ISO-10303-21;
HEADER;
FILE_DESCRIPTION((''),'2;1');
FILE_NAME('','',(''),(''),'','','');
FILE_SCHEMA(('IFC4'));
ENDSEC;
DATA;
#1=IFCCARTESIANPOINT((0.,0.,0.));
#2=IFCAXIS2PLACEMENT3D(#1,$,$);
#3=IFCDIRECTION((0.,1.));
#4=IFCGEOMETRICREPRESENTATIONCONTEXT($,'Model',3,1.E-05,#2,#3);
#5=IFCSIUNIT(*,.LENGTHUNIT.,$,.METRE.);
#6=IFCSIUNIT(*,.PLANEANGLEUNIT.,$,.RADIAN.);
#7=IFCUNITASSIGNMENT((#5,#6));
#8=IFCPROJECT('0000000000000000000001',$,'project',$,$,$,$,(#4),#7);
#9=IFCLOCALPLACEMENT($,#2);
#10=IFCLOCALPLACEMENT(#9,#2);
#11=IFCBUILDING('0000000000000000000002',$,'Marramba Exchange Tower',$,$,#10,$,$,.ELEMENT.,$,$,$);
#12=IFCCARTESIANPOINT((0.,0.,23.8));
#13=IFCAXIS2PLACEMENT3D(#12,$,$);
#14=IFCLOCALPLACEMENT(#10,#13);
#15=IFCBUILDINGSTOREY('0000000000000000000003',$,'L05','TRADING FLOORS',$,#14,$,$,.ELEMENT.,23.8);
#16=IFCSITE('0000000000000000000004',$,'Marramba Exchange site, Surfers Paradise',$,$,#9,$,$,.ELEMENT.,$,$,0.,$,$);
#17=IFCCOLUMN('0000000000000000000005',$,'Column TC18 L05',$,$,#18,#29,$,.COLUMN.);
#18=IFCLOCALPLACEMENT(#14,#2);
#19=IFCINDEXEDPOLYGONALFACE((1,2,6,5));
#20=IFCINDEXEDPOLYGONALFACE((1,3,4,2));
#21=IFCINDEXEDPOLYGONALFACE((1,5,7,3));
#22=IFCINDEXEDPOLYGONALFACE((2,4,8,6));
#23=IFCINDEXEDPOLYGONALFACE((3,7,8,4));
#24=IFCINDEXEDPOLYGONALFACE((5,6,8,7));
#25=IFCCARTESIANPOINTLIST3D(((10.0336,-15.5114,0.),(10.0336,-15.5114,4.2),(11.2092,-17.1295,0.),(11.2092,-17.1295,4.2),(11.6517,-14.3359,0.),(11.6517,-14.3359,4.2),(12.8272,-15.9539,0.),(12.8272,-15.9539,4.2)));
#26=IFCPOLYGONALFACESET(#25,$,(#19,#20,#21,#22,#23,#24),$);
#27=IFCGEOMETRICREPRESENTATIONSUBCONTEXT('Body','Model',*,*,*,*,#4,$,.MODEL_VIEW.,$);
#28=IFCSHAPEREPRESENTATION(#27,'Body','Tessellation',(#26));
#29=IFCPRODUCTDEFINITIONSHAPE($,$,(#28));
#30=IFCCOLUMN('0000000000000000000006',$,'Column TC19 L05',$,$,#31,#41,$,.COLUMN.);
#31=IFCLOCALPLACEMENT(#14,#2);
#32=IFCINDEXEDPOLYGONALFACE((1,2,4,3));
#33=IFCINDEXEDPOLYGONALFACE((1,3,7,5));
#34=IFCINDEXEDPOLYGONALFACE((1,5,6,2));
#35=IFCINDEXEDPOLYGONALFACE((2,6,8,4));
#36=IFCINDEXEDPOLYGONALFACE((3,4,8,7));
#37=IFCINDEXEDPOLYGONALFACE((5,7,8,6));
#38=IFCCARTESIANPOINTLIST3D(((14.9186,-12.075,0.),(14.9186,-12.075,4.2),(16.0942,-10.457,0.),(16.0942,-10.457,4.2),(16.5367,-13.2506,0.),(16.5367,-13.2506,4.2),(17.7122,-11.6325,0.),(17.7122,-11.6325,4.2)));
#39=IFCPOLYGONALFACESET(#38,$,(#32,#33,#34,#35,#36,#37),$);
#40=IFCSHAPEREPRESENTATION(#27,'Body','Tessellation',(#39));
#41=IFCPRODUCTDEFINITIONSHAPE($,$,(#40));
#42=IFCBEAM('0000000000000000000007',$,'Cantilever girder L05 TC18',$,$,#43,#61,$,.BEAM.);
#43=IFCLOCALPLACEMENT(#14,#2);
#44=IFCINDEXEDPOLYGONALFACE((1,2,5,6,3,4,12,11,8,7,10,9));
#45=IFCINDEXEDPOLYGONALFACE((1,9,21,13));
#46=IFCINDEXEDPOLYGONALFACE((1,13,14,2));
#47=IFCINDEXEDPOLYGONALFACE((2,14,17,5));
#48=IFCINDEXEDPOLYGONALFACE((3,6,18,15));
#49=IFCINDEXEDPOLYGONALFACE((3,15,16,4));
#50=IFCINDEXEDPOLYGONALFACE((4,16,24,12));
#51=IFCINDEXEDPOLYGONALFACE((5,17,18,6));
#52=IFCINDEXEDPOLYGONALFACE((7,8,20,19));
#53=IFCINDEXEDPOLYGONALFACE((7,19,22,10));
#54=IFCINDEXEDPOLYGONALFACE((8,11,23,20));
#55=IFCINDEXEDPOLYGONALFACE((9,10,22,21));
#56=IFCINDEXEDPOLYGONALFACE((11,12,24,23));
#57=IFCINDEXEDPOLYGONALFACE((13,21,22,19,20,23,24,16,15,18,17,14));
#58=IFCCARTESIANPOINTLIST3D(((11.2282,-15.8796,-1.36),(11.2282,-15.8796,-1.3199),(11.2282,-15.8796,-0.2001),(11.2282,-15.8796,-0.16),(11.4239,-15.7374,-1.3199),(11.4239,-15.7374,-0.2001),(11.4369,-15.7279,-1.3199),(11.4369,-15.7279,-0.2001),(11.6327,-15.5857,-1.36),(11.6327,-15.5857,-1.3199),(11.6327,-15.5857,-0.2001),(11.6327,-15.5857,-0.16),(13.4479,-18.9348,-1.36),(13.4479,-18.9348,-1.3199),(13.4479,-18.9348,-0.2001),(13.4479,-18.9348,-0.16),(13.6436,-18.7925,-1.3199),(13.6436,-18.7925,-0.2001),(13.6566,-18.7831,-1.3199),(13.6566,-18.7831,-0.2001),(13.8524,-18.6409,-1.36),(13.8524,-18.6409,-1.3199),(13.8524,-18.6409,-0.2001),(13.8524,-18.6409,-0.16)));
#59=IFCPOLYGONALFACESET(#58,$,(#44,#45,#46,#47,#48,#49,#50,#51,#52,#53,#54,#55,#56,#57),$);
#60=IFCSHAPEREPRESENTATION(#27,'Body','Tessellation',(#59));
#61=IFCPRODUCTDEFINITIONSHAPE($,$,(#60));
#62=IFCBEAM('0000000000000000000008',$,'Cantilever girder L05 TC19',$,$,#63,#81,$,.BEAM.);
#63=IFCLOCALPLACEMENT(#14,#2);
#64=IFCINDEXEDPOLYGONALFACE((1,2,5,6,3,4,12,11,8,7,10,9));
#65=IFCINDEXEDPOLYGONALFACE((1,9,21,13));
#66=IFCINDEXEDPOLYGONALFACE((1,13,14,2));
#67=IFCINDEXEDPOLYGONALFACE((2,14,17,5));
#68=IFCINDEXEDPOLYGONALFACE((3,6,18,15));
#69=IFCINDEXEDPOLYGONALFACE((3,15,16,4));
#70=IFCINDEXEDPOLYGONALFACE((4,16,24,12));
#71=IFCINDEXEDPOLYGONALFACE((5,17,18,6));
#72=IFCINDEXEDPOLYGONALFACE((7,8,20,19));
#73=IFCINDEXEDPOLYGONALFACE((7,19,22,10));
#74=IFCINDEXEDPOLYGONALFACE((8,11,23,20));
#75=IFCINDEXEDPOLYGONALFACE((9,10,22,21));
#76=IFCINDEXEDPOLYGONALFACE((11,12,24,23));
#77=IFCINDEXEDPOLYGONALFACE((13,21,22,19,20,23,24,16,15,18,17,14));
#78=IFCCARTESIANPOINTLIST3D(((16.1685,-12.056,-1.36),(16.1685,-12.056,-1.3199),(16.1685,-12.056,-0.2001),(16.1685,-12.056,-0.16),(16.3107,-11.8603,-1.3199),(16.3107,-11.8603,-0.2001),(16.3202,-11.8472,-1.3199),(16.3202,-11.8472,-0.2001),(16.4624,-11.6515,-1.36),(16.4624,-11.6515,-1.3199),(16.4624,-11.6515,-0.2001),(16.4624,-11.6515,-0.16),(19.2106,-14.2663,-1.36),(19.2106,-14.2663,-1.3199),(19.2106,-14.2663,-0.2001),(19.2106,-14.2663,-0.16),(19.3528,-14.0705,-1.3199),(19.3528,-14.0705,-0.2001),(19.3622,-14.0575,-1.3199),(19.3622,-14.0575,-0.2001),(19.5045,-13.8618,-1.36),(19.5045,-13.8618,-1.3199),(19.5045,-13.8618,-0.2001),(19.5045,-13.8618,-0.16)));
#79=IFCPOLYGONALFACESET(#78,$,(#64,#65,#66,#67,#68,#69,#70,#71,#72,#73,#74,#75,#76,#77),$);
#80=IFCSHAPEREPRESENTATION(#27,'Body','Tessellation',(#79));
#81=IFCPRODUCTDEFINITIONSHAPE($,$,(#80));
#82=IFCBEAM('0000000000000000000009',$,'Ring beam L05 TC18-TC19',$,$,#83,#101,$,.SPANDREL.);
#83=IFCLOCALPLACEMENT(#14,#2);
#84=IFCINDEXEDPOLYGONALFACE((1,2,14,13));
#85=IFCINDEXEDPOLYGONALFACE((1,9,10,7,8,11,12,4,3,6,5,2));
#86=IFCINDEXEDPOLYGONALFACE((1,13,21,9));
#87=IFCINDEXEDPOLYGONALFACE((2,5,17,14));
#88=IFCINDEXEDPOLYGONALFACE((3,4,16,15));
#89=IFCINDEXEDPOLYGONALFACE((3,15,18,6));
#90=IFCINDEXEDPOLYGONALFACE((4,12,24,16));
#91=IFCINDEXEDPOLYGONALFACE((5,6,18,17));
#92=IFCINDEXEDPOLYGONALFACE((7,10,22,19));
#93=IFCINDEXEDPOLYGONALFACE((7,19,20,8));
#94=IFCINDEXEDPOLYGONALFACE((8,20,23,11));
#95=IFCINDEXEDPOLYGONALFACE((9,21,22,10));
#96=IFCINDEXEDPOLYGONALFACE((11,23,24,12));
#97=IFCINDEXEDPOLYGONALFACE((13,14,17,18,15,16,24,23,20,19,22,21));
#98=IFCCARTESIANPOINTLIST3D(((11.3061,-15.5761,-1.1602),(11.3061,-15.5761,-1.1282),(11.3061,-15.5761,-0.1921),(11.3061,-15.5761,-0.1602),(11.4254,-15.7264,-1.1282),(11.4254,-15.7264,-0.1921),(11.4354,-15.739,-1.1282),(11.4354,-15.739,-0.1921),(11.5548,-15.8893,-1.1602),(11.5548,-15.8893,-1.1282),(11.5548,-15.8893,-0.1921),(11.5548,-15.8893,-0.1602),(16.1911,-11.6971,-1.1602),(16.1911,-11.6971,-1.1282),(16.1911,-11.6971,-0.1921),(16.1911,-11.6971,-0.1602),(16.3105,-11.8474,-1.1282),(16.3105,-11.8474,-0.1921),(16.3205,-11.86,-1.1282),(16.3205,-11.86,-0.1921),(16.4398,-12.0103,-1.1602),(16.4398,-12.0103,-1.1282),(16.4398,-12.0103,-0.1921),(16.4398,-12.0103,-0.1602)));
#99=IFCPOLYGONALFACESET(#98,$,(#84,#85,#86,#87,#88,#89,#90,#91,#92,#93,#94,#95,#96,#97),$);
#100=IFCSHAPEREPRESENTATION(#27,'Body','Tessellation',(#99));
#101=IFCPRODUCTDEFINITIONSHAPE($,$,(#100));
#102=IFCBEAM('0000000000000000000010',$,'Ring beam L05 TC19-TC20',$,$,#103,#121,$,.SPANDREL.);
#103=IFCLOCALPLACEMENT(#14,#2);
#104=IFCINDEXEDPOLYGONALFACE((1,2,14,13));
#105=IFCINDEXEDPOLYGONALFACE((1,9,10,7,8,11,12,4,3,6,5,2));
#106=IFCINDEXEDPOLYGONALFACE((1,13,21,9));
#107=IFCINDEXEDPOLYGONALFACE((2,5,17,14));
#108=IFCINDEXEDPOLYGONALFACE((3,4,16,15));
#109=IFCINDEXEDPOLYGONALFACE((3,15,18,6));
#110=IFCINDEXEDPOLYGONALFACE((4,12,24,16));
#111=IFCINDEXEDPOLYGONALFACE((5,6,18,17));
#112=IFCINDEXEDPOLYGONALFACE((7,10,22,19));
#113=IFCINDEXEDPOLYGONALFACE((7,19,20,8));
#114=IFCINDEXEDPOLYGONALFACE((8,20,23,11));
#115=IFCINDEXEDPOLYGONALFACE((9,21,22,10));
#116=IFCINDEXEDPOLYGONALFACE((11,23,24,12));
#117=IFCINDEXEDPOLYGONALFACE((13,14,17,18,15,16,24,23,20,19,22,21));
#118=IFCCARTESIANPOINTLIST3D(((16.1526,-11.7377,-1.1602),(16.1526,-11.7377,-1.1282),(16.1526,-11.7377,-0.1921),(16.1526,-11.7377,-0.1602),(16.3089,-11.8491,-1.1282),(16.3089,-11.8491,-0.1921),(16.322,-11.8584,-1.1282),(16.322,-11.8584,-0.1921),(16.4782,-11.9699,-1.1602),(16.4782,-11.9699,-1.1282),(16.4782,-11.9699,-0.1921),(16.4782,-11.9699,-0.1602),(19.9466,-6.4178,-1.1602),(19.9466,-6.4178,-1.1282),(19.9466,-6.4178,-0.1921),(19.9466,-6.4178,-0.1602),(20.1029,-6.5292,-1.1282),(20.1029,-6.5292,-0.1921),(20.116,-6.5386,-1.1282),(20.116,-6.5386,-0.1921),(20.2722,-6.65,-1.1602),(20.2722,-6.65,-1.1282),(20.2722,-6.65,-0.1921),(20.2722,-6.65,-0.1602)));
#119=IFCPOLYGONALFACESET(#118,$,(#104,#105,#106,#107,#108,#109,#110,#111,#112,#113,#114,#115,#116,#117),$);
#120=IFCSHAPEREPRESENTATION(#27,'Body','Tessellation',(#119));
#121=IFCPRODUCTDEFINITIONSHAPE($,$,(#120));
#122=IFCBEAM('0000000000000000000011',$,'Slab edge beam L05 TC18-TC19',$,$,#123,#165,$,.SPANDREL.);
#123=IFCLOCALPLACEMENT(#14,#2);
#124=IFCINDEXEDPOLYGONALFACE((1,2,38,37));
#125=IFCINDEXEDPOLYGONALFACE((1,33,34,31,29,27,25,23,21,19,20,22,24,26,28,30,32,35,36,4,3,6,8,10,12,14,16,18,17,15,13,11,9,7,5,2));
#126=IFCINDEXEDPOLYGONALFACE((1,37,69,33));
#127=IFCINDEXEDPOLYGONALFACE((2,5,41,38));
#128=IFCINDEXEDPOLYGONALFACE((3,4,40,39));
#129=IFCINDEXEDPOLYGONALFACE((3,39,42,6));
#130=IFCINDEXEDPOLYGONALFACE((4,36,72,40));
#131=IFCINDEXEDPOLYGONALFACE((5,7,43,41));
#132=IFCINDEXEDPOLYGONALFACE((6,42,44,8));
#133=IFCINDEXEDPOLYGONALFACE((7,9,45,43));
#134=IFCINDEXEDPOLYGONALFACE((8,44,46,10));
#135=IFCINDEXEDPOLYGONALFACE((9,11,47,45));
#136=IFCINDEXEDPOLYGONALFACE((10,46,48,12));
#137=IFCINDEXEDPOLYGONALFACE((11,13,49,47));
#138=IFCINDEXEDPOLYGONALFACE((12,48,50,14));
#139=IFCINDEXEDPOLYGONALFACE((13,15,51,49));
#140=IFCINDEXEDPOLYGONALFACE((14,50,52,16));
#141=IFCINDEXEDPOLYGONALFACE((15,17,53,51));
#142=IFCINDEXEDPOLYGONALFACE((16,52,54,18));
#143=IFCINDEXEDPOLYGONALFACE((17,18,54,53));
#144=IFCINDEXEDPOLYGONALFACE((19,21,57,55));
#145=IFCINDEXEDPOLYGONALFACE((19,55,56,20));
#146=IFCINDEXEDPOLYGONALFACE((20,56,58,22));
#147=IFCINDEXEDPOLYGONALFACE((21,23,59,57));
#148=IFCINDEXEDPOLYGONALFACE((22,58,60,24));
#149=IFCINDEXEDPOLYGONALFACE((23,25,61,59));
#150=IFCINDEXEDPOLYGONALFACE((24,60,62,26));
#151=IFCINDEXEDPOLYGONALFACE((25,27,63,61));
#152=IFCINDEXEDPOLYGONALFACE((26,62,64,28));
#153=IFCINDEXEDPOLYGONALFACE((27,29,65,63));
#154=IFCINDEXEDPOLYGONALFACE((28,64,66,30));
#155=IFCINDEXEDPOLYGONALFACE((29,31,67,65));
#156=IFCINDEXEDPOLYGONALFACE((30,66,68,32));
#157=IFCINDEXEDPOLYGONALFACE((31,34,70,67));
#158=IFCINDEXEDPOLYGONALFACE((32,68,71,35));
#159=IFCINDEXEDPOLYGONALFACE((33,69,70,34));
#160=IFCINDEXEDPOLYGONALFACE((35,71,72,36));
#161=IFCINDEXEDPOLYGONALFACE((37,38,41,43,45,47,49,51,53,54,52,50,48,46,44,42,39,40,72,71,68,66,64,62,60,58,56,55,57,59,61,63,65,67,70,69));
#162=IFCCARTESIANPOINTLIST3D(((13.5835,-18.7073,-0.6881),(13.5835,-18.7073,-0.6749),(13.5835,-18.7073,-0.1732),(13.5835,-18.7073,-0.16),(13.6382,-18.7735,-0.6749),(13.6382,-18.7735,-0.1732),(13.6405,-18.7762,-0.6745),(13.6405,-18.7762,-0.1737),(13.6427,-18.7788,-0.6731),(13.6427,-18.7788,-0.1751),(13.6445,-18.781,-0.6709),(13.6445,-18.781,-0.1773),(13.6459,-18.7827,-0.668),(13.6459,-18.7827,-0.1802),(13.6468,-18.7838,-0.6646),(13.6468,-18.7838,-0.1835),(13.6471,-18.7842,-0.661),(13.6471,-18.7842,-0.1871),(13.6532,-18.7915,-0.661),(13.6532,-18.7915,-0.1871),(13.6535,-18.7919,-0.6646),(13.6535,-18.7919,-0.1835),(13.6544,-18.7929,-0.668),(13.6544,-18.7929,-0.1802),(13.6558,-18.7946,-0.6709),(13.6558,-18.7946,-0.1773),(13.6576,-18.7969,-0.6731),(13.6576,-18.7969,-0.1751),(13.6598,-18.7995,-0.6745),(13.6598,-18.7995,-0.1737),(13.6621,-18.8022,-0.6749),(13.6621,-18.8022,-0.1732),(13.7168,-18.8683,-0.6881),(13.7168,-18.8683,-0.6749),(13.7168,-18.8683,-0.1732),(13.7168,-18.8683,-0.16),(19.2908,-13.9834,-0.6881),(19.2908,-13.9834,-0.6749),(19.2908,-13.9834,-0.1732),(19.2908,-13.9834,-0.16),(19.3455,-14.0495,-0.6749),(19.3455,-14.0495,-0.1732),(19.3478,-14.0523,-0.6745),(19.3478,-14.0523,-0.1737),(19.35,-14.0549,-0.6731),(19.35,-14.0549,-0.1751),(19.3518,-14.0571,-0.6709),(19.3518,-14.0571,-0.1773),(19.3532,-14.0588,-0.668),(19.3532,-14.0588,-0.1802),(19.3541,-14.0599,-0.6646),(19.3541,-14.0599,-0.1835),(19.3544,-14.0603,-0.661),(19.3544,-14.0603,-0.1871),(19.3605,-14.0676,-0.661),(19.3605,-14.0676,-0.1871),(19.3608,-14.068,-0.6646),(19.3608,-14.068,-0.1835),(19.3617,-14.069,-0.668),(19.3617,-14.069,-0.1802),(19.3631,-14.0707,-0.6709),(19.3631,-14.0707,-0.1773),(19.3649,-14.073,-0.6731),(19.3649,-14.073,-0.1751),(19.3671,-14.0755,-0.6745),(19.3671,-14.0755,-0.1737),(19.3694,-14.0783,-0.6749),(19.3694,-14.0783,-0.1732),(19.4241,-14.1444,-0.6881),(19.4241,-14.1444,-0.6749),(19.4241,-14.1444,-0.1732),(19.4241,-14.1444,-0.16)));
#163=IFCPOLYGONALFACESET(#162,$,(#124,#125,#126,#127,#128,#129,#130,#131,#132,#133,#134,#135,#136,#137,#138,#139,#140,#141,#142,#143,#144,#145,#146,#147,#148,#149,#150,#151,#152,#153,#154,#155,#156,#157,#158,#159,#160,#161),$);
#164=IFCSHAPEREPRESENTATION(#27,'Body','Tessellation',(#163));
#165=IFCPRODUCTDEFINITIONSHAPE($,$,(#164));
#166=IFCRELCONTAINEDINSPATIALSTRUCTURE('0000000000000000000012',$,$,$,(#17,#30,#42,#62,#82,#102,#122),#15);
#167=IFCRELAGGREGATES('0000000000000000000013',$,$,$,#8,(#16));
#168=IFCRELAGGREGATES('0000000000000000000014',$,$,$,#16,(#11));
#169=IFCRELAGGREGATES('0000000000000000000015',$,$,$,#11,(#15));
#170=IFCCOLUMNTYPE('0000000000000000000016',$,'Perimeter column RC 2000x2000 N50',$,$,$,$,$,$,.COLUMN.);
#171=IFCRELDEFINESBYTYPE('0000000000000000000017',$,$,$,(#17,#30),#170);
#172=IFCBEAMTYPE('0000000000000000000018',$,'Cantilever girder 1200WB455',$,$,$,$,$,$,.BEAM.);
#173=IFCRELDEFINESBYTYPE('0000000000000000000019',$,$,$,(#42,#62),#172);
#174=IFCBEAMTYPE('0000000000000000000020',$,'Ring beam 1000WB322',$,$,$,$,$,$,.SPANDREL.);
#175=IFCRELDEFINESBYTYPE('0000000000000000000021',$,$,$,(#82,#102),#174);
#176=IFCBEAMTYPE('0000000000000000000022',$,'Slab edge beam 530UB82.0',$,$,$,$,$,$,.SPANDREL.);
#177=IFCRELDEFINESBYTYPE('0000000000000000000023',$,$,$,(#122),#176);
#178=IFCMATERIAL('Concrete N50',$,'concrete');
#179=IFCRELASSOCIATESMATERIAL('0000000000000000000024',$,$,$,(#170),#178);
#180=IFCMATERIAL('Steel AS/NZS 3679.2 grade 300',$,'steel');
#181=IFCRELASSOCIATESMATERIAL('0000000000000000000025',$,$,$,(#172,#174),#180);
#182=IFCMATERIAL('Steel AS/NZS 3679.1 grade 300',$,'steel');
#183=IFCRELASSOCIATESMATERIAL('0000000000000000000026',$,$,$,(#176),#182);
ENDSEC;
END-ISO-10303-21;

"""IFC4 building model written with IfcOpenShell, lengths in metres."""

from ifc_helpers import new_model, si_unit, direction, frame, origin, origin_2d, place, context, subcontext, project, spatial, rectangle, i_section, extrude, material, material_profile, profile_set, type_object, element, save


model = new_model("IFC4")

# Units and contexts
model_context = context("Model", 3, precision=1e-05, world=origin(), true_north=direction((0.0, 1.0)))
body_context = subcontext(model_context, "Body", "Model", "MODEL_VIEW")
ifc_project = project(units=[si_unit("LENGTHUNIT", "METRE"), si_unit("PLANEANGLEUNIT", "RADIAN")], contexts=[model_context])

# Site, building, storey
site_placement = place(None, origin())
site = spatial("IfcSite", under=ifc_project, at=site_placement, Name="Marramba Exchange site, Surfers Paradise", CompositionType="ELEMENT", RefElevation=0.0)
building_placement = place(site_placement, origin())
building = spatial("IfcBuilding", under=site, at=building_placement, Name="Marramba Exchange Tower", CompositionType="ELEMENT")
storey_placement = place(building_placement, frame((0.0, 0.0, 23.8)))
storey = spatial("IfcBuildingStorey", under=building, at=storey_placement, Name="L05", Description="TRADING FLOORS", CompositionType="ELEMENT", Elevation=23.8)

# Columns
ifc_material_1 = material(Name="Concrete N50", Category="concrete")
ifc_material_profile_1 = material_profile(ifc_material_1, rectangle(XDim=2.0, YDim=2.0, at=origin_2d()), Name="RC 2000x2000")
ifc_profile_set_1 = profile_set([ifc_material_profile_1], Name="Concrete N50")
column_type = type_object("IfcColumnType", Name="Perimeter column RC 2000x2000 N50", PredefinedType="COLUMN", material=ifc_profile_set_1)
for number, where, z_axis, x_axis, name in (
    (1, (11.4304, -15.7327, 0.0), (0.0, 0.0, 1.0), (0.587785, -0.809017, 0.0), "Column TC18 L05"),
    (2, (16.3154, -11.8538, 0.0), (0.0, 0.0, 1.0), (0.809017, -0.587785, 0.0), "Column TC19 L05"),
):
    element("IfcColumn", number, at=place(storey_placement, frame(where, z_axis=z_axis, x_axis=x_axis)), inside=storey, type_object=column_type, Name=name, PredefinedType="COLUMN", context=body_context, shape_type="SweptSolid", body=[
        extrude(rectangle(XDim=2.0, YDim=2.0, at=origin_2d()), origin(), (0.0, 0.0, 1.0), 4.2),
    ])

# Beams
ifc_material_2 = material(Name="Steel AS/NZS 3679.2 grade 300", Category="steel")
ifc_material_profile_2 = material_profile(ifc_material_2, i_section(OverallWidth=0.5, OverallDepth=1.2, WebThickness=0.0161, FlangeThickness=0.04, at=origin_2d()), Name="1200WB455")
ifc_profile_set_2 = profile_set([ifc_material_profile_2], Name="Steel AS/NZS 3679.2 grade 300")
beam_type_1 = type_object("IfcBeamType", Name="Cantilever girder 1200WB455", PredefinedType="BEAM", material=ifc_profile_set_2)
beam_1_placement = place(storey_placement, frame((11.4304, -15.7327, -0.76), z_axis=(0.587787, -0.809016, 0.0), x_axis=(0.809016, 0.587787, 0.0)))
element("IfcBeam", 3, at=beam_1_placement, inside=storey, type_object=beam_type_1, Name="Cantilever girder L05 TC18", PredefinedType="BEAM", context=body_context, shape_type="SweptSolid", body=[
    extrude(i_section(OverallWidth=0.5, OverallDepth=1.2, WebThickness=0.0161, FlangeThickness=0.04, at=origin_2d()), origin(), (0.0, 0.0, 1.0), 3.7764),
])
beam_2_placement = place(storey_placement, frame((16.3154, -11.8538, -0.76), z_axis=(0.809008, -0.587797, 0.0), x_axis=(0.587797, 0.809008, 0.0)))
element("IfcBeam", 4, at=beam_2_placement, inside=storey, type_object=beam_type_1, Name="Cantilever girder L05 TC19", PredefinedType="BEAM", context=body_context, shape_type="SweptSolid", body=[
    extrude(i_section(OverallWidth=0.5, OverallDepth=1.2, WebThickness=0.0161, FlangeThickness=0.04, at=origin_2d()), origin(), (0.0, 0.0, 1.0), 3.7603),
])
ifc_material_profile_3 = material_profile(ifc_material_2, i_section(OverallWidth=0.3999, OverallDepth=1.0, WebThickness=0.0161, FlangeThickness=0.032, at=origin_2d()), Name="1000WB322")
ifc_profile_set_3 = profile_set([ifc_material_profile_3], Name="Steel AS/NZS 3679.2 grade 300")
beam_type_2 = type_object("IfcBeamType", Name="Ring beam 1000WB322", PredefinedType="SPANDREL", material=ifc_profile_set_3)
beam_3_placement = place(storey_placement, frame((11.4304, -15.7327, -0.6602), z_axis=(0.783139, 0.621846, 0.0), x_axis=(-0.621846, 0.783139, 0.0)))
element("IfcBeam", 5, at=beam_3_placement, inside=storey, type_object=beam_type_2, Name="Ring beam L05 TC18-TC19", PredefinedType="SPANDREL", context=body_context, shape_type="SweptSolid", body=[
    extrude(i_section(OverallWidth=0.3999, OverallDepth=1.0, WebThickness=0.0161, FlangeThickness=0.032, at=origin_2d()), origin(), (0.0, 0.0, 1.0), 6.2378),
])
beam_4_placement = place(storey_placement, frame((16.3154, -11.8538, -0.6602), z_axis=(0.580637, 0.814162, 0.0), x_axis=(-0.814162, 0.580637, 0.0)))
element("IfcBeam", 6, at=beam_4_placement, inside=storey, type_object=beam_type_2, Name="Ring beam L05 TC19-TC20", PredefinedType="SPANDREL", context=body_context, shape_type="SweptSolid", body=[
    extrude(i_section(OverallWidth=0.3999, OverallDepth=1.0, WebThickness=0.0161, FlangeThickness=0.032, at=origin_2d()), origin(), (0.0, 0.0, 1.0), 6.5342),
])
ifc_material_3 = material(Name="Steel AS/NZS 3679.1 grade 300", Category="steel")
ifc_material_profile_4 = material_profile(ifc_material_3, i_section(OverallWidth=0.209, OverallDepth=0.5281, WebThickness=0.0095, FlangeThickness=0.0132, FilletRadius=0.0139, at=origin_2d()), Name="530UB82.0")
ifc_profile_set_4 = profile_set([ifc_material_profile_4], Name="Steel AS/NZS 3679.1 grade 300")
beam_type_3 = type_object("IfcBeamType", Name="Slab edge beam 530UB82.0", PredefinedType="SPANDREL", material=ifc_profile_set_4)
beam_5_placement = place(storey_placement, frame((13.6501, -18.7878, -0.4241), z_axis=(0.770354, 0.637617, 0.0), x_axis=(-0.637617, 0.770354, 0.0)))
element("IfcBeam", 7, at=beam_5_placement, inside=storey, type_object=beam_type_3, Name="Slab edge beam L05 TC18-TC19", PredefinedType="SPANDREL", context=body_context, shape_type="SweptSolid", body=[
    extrude(i_section(OverallWidth=0.209, OverallDepth=0.5281, WebThickness=0.0095, FlangeThickness=0.0132, FilletRadius=0.0139, at=origin_2d()), origin(), (0.0, 0.0, 1.0), 7.4087),
])

save(model, "model.ifc")
